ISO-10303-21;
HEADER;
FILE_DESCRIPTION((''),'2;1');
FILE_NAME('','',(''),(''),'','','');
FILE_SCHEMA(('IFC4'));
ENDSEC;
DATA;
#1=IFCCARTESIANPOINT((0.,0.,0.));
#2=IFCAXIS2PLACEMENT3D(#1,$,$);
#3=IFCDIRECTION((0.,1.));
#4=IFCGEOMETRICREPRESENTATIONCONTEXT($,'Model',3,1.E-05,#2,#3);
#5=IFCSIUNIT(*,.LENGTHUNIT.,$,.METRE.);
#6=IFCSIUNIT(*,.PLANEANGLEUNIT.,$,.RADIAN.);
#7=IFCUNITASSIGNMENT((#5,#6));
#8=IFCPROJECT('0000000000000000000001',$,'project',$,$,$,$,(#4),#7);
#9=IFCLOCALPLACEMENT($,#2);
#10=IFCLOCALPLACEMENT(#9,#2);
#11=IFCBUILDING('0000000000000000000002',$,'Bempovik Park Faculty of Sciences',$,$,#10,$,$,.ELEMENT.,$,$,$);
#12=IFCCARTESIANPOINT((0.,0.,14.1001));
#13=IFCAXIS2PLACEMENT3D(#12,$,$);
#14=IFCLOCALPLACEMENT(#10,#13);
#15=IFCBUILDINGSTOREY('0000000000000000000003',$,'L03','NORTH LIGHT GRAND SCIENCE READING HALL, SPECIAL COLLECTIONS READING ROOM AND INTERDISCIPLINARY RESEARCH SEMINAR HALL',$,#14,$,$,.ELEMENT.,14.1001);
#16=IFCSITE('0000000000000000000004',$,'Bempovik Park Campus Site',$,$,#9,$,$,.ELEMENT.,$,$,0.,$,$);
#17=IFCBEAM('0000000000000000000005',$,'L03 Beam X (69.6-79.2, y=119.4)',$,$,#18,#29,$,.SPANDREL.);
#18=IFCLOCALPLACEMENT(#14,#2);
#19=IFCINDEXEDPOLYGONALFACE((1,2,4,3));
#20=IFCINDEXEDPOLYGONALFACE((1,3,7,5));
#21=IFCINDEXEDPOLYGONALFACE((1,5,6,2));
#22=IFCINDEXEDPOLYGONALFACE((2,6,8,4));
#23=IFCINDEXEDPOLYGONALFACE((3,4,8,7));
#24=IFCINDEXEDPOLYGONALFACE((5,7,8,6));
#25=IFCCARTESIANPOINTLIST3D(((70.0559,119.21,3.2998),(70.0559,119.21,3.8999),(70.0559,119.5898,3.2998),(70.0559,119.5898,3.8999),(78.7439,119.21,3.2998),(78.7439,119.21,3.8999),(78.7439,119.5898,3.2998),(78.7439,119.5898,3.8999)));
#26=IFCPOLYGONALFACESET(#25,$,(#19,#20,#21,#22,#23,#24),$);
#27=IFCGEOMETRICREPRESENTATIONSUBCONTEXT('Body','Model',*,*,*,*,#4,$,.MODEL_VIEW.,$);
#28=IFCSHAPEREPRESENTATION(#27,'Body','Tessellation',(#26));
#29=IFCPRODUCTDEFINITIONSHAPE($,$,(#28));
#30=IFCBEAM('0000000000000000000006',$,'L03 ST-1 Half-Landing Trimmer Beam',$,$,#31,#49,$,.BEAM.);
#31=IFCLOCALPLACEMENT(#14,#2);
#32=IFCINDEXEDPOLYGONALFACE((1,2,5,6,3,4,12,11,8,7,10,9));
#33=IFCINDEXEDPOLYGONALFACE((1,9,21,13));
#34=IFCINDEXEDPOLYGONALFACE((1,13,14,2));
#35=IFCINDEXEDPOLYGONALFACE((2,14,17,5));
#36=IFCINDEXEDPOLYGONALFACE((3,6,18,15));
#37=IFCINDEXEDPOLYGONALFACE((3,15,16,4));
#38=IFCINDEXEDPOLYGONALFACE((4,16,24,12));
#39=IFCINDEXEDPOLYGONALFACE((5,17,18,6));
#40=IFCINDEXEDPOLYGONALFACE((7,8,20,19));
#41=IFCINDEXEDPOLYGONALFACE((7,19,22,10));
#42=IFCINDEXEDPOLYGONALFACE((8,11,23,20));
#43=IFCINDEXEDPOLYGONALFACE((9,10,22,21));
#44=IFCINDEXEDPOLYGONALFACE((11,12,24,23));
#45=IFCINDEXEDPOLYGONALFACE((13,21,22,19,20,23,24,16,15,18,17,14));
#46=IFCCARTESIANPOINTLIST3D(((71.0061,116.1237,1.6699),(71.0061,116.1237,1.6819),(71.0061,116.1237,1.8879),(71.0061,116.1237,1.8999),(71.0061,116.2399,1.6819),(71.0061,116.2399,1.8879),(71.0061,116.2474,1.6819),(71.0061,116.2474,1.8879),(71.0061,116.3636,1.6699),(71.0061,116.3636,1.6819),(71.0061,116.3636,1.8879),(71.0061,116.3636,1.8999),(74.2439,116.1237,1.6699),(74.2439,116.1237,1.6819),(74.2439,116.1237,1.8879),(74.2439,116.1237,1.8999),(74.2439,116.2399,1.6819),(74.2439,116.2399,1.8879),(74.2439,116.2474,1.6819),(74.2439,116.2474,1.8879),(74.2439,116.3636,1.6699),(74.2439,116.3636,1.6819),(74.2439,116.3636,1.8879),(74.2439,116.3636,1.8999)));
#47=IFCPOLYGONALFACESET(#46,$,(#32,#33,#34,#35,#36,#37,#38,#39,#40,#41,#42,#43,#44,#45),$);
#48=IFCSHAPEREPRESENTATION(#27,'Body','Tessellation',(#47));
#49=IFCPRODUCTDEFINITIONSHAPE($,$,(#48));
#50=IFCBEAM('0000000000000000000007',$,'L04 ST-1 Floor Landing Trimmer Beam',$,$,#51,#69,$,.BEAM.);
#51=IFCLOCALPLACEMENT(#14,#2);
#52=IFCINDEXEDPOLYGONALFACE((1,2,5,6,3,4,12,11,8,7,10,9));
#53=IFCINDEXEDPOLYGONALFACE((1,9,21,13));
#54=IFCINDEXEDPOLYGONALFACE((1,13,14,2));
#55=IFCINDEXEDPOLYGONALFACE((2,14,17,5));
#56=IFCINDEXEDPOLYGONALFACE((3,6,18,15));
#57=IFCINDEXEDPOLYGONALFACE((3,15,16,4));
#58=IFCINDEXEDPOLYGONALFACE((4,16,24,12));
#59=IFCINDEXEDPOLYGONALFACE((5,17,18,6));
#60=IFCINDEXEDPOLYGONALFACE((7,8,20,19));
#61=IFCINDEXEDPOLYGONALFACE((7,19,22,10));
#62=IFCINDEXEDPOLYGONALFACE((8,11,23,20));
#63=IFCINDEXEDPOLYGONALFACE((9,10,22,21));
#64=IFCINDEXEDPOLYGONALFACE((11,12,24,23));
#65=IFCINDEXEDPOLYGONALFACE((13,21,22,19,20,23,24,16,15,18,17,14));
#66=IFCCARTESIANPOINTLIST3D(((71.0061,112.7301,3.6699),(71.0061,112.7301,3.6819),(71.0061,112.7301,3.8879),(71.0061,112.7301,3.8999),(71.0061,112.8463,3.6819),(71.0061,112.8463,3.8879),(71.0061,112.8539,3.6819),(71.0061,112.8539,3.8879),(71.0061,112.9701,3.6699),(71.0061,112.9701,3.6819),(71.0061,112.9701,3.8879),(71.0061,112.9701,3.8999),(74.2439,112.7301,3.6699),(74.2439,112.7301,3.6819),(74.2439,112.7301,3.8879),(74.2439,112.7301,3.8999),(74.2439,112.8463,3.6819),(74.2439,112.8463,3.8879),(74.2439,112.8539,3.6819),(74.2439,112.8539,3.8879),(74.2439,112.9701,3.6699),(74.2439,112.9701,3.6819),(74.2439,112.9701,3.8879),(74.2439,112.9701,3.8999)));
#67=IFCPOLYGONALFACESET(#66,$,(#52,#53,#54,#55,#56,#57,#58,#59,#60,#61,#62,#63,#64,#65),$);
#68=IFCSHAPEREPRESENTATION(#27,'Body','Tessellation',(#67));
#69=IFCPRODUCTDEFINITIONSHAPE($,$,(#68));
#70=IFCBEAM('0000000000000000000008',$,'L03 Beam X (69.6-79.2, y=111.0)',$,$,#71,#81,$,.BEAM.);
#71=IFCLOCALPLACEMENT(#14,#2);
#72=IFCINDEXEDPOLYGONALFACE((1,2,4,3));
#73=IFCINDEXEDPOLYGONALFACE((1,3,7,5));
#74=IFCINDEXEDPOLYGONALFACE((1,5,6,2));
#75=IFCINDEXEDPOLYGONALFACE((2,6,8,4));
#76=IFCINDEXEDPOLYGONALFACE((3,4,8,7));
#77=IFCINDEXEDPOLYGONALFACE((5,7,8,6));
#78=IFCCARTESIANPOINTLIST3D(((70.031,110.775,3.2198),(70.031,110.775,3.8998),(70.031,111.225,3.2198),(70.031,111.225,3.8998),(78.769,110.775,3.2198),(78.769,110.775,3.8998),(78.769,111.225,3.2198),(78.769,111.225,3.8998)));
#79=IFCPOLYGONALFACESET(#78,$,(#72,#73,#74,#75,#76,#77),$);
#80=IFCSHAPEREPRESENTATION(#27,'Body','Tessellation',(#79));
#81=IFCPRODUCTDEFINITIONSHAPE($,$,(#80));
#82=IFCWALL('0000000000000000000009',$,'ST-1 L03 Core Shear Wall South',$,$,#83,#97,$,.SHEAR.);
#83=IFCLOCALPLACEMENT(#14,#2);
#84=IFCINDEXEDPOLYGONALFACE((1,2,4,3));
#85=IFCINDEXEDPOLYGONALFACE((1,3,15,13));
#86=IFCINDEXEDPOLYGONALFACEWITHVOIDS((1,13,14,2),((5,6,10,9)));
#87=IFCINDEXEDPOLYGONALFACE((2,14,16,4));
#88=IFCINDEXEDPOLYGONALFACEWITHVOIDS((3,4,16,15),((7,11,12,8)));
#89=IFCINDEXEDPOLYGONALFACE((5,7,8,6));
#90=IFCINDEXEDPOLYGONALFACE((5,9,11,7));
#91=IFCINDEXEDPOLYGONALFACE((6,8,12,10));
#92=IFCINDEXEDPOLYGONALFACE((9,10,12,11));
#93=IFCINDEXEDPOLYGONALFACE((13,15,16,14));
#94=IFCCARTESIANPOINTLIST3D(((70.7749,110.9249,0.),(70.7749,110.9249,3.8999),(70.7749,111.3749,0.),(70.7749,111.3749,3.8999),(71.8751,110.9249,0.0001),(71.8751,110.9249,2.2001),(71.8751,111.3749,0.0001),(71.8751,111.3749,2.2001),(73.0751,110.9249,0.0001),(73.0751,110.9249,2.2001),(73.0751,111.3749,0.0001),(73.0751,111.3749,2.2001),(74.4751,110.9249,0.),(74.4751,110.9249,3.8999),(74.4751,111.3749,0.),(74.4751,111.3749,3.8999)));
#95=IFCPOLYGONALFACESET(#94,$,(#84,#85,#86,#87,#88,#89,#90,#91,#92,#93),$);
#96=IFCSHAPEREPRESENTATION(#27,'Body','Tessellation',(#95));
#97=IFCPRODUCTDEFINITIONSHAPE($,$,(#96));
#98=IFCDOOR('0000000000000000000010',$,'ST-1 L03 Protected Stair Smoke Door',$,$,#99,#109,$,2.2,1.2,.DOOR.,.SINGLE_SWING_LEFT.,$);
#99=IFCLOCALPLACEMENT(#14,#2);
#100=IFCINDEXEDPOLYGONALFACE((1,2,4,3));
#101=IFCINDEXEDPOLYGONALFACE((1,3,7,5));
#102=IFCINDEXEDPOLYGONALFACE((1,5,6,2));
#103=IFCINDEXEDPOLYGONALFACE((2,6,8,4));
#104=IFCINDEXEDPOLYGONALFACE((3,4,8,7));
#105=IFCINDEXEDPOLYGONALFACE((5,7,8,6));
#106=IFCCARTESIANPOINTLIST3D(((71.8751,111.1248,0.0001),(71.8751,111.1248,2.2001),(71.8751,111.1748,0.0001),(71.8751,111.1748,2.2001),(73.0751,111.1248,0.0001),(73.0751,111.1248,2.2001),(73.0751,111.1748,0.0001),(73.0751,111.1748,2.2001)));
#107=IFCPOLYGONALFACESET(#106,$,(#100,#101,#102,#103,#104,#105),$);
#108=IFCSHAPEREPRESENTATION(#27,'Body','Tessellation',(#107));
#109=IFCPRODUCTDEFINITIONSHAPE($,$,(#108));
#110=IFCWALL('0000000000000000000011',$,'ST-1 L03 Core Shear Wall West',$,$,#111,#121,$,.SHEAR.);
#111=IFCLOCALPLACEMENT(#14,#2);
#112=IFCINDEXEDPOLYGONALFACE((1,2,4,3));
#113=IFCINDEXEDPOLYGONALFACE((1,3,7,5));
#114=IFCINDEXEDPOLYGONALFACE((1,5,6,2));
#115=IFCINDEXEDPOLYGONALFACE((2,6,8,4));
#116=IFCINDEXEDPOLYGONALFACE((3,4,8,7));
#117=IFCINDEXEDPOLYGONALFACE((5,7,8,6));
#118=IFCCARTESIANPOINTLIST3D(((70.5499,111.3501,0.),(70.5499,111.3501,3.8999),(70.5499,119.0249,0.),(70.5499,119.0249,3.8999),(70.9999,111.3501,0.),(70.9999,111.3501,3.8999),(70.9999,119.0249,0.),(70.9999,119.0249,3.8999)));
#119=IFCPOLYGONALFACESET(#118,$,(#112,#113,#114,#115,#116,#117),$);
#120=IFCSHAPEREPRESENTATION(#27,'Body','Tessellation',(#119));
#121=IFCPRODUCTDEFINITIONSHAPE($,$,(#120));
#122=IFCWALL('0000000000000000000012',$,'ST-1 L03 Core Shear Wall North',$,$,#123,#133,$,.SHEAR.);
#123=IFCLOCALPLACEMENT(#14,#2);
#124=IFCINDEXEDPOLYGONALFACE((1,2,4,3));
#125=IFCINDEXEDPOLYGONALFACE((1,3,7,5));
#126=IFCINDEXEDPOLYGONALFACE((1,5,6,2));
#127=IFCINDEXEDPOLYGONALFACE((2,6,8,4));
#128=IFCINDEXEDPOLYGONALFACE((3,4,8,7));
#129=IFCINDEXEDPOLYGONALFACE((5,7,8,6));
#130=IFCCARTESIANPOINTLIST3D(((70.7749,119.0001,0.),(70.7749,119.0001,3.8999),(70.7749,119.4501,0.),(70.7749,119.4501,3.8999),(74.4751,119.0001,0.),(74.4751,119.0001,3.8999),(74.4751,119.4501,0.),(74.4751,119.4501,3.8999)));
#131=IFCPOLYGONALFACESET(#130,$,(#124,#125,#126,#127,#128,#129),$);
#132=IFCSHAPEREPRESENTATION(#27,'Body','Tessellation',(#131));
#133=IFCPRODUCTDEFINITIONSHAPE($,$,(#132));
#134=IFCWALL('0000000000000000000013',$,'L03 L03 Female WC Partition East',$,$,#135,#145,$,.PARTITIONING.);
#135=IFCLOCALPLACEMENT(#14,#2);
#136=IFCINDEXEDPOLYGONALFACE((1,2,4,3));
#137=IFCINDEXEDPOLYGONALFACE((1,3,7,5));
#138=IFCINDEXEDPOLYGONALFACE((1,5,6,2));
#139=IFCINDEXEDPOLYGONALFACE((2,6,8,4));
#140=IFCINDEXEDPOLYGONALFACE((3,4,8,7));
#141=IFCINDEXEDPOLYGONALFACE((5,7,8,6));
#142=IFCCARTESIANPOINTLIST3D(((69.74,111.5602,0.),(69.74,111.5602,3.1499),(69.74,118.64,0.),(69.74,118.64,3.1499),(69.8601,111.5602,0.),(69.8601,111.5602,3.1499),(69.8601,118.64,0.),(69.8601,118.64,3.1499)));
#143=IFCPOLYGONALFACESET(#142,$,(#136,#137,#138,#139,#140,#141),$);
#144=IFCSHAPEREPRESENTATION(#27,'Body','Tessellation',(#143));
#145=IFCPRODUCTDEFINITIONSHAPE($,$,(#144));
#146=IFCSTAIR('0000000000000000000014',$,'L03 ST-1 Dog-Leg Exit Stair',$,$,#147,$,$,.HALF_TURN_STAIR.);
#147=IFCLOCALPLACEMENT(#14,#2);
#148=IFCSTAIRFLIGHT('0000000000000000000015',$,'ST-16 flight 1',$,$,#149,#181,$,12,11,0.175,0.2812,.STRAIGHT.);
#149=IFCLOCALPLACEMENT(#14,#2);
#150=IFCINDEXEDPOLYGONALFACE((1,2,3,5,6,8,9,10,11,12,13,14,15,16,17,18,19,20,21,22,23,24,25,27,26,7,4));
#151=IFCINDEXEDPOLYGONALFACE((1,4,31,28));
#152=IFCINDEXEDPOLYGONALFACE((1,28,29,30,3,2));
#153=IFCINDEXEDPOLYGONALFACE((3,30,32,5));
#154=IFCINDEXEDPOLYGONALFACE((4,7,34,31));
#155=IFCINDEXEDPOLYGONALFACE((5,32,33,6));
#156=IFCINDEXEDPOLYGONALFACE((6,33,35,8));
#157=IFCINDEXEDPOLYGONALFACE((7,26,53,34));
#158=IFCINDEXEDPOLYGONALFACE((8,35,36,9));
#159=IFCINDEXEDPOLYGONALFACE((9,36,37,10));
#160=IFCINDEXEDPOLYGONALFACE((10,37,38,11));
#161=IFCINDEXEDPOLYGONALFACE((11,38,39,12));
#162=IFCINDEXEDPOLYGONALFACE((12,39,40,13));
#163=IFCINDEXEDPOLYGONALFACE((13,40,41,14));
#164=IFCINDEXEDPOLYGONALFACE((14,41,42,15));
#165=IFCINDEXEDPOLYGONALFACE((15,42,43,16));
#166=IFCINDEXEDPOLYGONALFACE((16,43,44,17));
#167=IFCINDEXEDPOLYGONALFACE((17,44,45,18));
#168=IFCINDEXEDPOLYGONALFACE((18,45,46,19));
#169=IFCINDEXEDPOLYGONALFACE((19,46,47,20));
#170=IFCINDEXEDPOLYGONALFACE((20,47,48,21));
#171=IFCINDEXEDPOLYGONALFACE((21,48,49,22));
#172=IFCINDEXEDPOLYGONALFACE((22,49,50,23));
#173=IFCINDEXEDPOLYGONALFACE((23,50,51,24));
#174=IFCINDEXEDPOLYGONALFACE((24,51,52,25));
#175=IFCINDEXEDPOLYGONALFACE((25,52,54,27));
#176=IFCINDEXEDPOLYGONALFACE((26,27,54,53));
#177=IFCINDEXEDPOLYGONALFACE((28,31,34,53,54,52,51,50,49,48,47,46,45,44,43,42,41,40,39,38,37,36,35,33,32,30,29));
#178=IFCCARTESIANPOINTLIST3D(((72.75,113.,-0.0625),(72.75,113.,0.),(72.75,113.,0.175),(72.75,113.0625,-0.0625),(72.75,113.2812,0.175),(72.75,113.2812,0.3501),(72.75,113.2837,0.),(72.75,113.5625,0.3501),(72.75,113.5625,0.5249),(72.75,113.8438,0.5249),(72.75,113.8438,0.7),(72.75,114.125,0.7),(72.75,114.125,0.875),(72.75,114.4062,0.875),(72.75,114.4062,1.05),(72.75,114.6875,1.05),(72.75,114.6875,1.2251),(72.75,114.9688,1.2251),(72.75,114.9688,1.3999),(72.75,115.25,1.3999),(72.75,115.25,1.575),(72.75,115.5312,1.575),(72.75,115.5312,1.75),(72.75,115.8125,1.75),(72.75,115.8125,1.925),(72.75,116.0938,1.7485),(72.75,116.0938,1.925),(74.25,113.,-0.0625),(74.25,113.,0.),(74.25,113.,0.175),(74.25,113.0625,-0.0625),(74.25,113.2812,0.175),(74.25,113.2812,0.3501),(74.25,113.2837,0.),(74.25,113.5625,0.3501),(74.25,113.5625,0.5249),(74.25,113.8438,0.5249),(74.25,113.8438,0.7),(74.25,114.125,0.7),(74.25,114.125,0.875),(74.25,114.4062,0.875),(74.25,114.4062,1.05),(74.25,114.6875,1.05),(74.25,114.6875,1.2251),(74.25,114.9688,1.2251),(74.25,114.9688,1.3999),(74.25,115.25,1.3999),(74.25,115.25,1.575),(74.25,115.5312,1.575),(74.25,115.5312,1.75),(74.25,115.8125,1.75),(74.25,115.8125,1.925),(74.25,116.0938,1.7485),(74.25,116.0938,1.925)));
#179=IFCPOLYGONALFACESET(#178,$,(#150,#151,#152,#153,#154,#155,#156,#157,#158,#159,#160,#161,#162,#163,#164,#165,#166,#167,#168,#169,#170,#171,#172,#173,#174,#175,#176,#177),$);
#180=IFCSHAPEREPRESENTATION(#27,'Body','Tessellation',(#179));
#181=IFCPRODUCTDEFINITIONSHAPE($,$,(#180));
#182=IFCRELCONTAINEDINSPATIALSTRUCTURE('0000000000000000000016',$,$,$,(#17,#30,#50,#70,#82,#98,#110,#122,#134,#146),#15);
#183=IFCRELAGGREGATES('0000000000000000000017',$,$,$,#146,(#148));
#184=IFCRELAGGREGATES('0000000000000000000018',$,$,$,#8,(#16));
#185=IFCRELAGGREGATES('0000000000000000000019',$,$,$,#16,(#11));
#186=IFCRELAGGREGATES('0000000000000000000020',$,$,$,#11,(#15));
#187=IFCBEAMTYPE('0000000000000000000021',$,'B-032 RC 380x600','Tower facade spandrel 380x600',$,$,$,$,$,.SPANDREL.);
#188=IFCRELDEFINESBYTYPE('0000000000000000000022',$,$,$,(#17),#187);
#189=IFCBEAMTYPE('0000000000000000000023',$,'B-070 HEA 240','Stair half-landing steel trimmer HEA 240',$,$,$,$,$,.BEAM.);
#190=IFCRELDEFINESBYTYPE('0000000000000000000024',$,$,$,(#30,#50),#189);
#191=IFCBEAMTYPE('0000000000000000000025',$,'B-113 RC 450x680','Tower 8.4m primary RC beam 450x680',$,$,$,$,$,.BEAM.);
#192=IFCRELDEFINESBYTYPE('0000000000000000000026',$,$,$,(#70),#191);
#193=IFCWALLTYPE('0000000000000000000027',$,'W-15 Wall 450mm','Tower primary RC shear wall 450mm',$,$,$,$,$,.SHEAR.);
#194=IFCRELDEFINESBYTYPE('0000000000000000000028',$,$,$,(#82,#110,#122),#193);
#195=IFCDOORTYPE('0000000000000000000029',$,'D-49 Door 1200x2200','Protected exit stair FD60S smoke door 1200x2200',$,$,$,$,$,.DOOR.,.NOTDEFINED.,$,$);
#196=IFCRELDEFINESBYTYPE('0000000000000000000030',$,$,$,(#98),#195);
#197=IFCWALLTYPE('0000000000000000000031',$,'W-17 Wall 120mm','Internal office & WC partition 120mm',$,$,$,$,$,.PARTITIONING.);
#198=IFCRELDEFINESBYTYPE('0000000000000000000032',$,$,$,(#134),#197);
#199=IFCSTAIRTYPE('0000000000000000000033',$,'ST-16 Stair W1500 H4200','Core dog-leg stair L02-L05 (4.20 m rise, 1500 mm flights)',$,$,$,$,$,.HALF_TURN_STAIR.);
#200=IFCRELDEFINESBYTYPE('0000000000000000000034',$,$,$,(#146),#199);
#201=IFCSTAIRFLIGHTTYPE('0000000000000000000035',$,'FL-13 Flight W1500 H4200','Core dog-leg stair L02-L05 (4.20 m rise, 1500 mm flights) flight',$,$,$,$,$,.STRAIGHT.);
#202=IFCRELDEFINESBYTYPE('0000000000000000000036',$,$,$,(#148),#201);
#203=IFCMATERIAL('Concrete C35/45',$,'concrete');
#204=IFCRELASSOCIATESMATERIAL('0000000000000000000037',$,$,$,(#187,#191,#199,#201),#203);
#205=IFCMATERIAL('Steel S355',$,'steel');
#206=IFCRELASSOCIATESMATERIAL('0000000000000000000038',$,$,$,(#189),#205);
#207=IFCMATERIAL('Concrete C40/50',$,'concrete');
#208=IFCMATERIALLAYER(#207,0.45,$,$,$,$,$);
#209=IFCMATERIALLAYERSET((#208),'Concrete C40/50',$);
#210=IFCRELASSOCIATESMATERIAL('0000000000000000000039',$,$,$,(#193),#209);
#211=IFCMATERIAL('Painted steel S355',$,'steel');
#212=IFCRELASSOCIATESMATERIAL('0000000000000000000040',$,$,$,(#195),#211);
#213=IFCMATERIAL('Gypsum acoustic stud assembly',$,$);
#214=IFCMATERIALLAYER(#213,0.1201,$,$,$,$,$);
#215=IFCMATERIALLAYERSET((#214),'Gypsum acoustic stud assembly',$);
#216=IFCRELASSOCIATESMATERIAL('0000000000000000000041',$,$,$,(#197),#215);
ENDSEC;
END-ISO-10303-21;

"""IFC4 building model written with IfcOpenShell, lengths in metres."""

from ifc_helpers import new_model, si_unit, direction, frame, frame_2d, origin, origin_2d, place, context, subcontext, project, spatial, polyline, rectangle, i_section, outline, extrude, material, layer, layer_set, material_profile, profile_set, type_object, element, fill, aggregate, save


model = new_model("IFC4")

# Units and contexts
model_context = context("Model", 3, precision=1e-05, world=origin(), true_north=direction((0.0, 1.0)))
body_context = subcontext(model_context, "Body", "Model", "MODEL_VIEW")
ifc_project = project(units=[si_unit("LENGTHUNIT", "METRE"), si_unit("PLANEANGLEUNIT", "RADIAN")], contexts=[model_context])

# Site, building, storey
site_placement = place(None, origin())
site = spatial("IfcSite", under=ifc_project, at=site_placement, Name="Bempovik Park Campus Site", CompositionType="ELEMENT", RefElevation=0.0)
building_placement = place(site_placement, origin())
building = spatial("IfcBuilding", under=site, at=building_placement, Name="Bempovik Park Faculty of Sciences", CompositionType="ELEMENT")
storey_placement = place(building_placement, frame((0.0, 0.0, 14.1001)))
storey = spatial("IfcBuildingStorey", under=building, at=storey_placement, Name="L03", Description="NORTH LIGHT GRAND SCIENCE READING HALL, SPECIAL COLLECTIONS READING ROOM AND INTERDISCIPLINARY RESEARCH SEMINAR HALL", CompositionType="ELEMENT", Elevation=14.1001)

# Beams
ifc_material_1 = material(Name="Concrete C35/45", Category="concrete")
ifc_material_profile_1 = material_profile(ifc_material_1, rectangle(XDim=0.3799, YDim=0.6001, at=origin_2d()), Name="RC 380x600")
ifc_profile_set_1 = profile_set([ifc_material_profile_1], Name="Concrete C35/45")
beam_type_1 = type_object("IfcBeamType", Name="B-032 RC 380x600", Description="Tower facade spandrel 380x600", PredefinedType="SPANDREL", material=ifc_profile_set_1)
beam_1_placement = place(storey_placement, frame((70.0559, 119.3999, 3.5999), z_axis=(1.0, 0.0, 0.0), x_axis=(0.0, 1.0, 0.0)))
element("IfcBeam", 1, at=beam_1_placement, inside=storey, type_object=beam_type_1, Name="L03 Beam X (69.6-79.2, y=119.4)", PredefinedType="SPANDREL", context=body_context, shape_type="SweptSolid", body=[
    extrude(rectangle(XDim=0.3799, YDim=0.6001, at=origin_2d()), origin(), (0.0, 0.0, 1.0), 8.688),
])
ifc_material_2 = material(Name="Steel S355", Category="steel")
ifc_material_profile_2 = material_profile(ifc_material_2, i_section(OverallWidth=0.24, OverallDepth=0.23, WebThickness=0.0076, FlangeThickness=0.012, at=origin_2d()), Name="HEA 240")
ifc_profile_set_2 = profile_set([ifc_material_profile_2], Name="Steel S355")
beam_type_2 = type_object("IfcBeamType", Name="B-070 HEA 240", Description="Stair half-landing steel trimmer HEA 240", PredefinedType="BEAM", material=ifc_profile_set_2)
for number, where, z_axis, x_axis, name in (
    (2, (71.0061, 116.2437, 1.7849), (1.0, 0.0, 0.0), (0.0, 1.0, 0.0), "L03 ST-1 Half-Landing Trimmer Beam"),
    (3, (71.0061, 112.8501, 3.7849), (1.0, 0.0, 0.0), (0.0, 1.0, 0.0), "L04 ST-1 Floor Landing Trimmer Beam"),
):
    element("IfcBeam", number, at=place(storey_placement, frame(where, z_axis=z_axis, x_axis=x_axis)), inside=storey, type_object=beam_type_2, Name=name, PredefinedType="BEAM", context=body_context, shape_type="SweptSolid", body=[
        extrude(i_section(OverallWidth=0.24, OverallDepth=0.23, WebThickness=0.0076, FlangeThickness=0.012, at=origin_2d()), origin(), (0.0, 0.0, 1.0), 3.2378),
    ])
ifc_material_profile_3 = material_profile(ifc_material_1, rectangle(XDim=0.45, YDim=0.6799, at=origin_2d()), Name="RC 450x680")
ifc_profile_set_3 = profile_set([ifc_material_profile_3], Name="Concrete C35/45")
beam_type_3 = type_object("IfcBeamType", Name="B-113 RC 450x680", Description="Tower 8.4m primary RC beam 450x680", PredefinedType="BEAM", material=ifc_profile_set_3)
beam_2_placement = place(storey_placement, frame((70.031, 111.0, 3.5598), z_axis=(1.0, 0.0, 0.0), x_axis=(0.0, 1.0, 0.0)))
element("IfcBeam", 4, at=beam_2_placement, inside=storey, type_object=beam_type_3, Name="L03 Beam X (69.6-79.2, y=111.0)", PredefinedType="BEAM", context=body_context, shape_type="SweptSolid", body=[
    extrude(rectangle(XDim=0.45, YDim=0.6799, at=origin_2d()), origin(), (0.0, 0.0, 1.0), 8.738),
])

# Wall, opening, door
ifc_material_3 = material(Name="Concrete C40/50", Category="concrete")
ifc_layer_1 = layer(ifc_material_3, 0.45)
ifc_layer_set_1 = layer_set([ifc_layer_1], Name="Concrete C40/50")
wall_type_1 = type_object("IfcWallType", Name="W-15 Wall 450mm", Description="Tower primary RC shear wall 450mm", PredefinedType="SHEAR", material=ifc_layer_set_1)
wall_1_placement = place(storey_placement, frame((70.7749, 111.1499, 0.0), z_axis=(0.0, 0.0, 1.0), x_axis=(1.0, 0.0, 0.0)))
wall_1 = element("IfcWall", 5, at=wall_1_placement, inside=storey, type_object=wall_type_1, Name="ST-1 L03 Core Shear Wall South", PredefinedType="SHEAR", context=body_context, shape_type="SweptSolid", body=[
    extrude(rectangle(XDim=3.7002, YDim=0.45, at=frame_2d((1.8501, 0.0))), origin(), (0.0, 0.0, 1.0), 3.8999),
])
opening_placement = place(wall_1_placement, frame((1.1001, 0.0, 0.0)))
opening = element("IfcOpeningElement", 6, at=opening_placement, cuts=wall_1, PredefinedType="OPENING", context=body_context, shape_type="SweptSolid", body=[
    extrude(rectangle(XDim=1.2, YDim=2.2, at=frame_2d((0.6001, 1.1001))), frame((0.0, 0.2349, 0.0), z_axis=(0.0, -1.0, 0.0), x_axis=(1.0, 0.0, 0.0)), (0.0, 0.0, 1.0), 0.47),
])
ifc_material_4 = material(Name="Painted steel S355", Category="steel")
door_type = type_object("IfcDoorType", Name="D-49 Door 1200x2200", Description="Protected exit stair FD60S smoke door 1200x2200", OperationType="NOTDEFINED", PredefinedType="DOOR", material=ifc_material_4)
door_placement = place(opening_placement, origin())
door = element("IfcDoor", 7, at=door_placement, inside=storey, type_object=door_type, Name="ST-1 L03 Protected Stair Smoke Door", OperationType="SINGLE_SWING_LEFT", OverallHeight=2.2, OverallWidth=1.2, PredefinedType="DOOR", context=body_context, shape_type="SweptSolid", body=[
    extrude(rectangle(XDim=1.2, YDim=2.2, at=frame_2d((0.6001, 1.1001))), frame((0.0, 0.0249, 0.0), z_axis=(0.0, -1.0, 0.0), x_axis=(1.0, 0.0, 0.0)), (0.0, 0.0, 1.0), 0.05),
])
fill(opening, door)

# Walls
wall_2_placement = place(storey_placement, frame((70.7749, 111.3501, 0.0), z_axis=(0.0, 0.0, 1.0), x_axis=(0.0, 1.0, 0.0)))
element("IfcWall", 8, at=wall_2_placement, inside=storey, type_object=wall_type_1, Name="ST-1 L03 Core Shear Wall West", PredefinedType="SHEAR", context=body_context, shape_type="SweptSolid", body=[
    extrude(rectangle(XDim=7.6748, YDim=0.45, at=frame_2d((3.8374, 0.0))), origin(), (0.0, 0.0, 1.0), 3.8999),
])
wall_3_placement = place(storey_placement, frame((70.7749, 119.2251, 0.0), z_axis=(0.0, 0.0, 1.0), x_axis=(1.0, 0.0, 0.0)))
element("IfcWall", 9, at=wall_3_placement, inside=storey, type_object=wall_type_1, Name="ST-1 L03 Core Shear Wall North", PredefinedType="SHEAR", context=body_context, shape_type="SweptSolid", body=[
    extrude(rectangle(XDim=3.7002, YDim=0.45, at=frame_2d((1.8501, 0.0))), origin(), (0.0, 0.0, 1.0), 3.8999),
])
ifc_material_5 = material(Name="Gypsum acoustic stud assembly")
ifc_layer_2 = layer(ifc_material_5, 0.1201)
ifc_layer_set_2 = layer_set([ifc_layer_2], Name="Gypsum acoustic stud assembly")
wall_type_2 = type_object("IfcWallType", Name="W-17 Wall 120mm", Description="Internal office & WC partition 120mm", PredefinedType="PARTITIONING", material=ifc_layer_set_2)
wall_4_placement = place(storey_placement, frame((69.8, 111.5601, 0.0), z_axis=(0.0, 0.0, 1.0), x_axis=(0.0, 1.0, 0.0)))
element("IfcWall", 10, at=wall_4_placement, inside=storey, type_object=wall_type_2, Name="L03 L03 Female WC Partition East", PredefinedType="PARTITIONING", context=body_context, shape_type="SweptSolid", body=[
    extrude(rectangle(XDim=7.0798, YDim=0.1201, at=frame_2d((3.54, 0.0))), origin(), (0.0, 0.0, 1.0), 3.1499),
])

# Stair, stair flight
stair_type = type_object("IfcStairType", Name="ST-16 Stair W1500 H4200", Description="Core dog-leg stair L02-L05 (4.20 m rise, 1500 mm flights)", PredefinedType="HALF_TURN_STAIR", material=ifc_material_1)
stair_placement = place(storey_placement, origin())
stair = element("IfcStair", 11, at=stair_placement, inside=storey, type_object=stair_type, Name="L03 ST-1 Dog-Leg Exit Stair", PredefinedType="HALF_TURN_STAIR")
stair_flight_type = type_object("IfcStairFlightType", Name="FL-13 Flight W1500 H4200", Description="Core dog-leg stair L02-L05 (4.20 m rise, 1500 mm flights) flight", PredefinedType="STRAIGHT", material=ifc_material_1)
stair_flight_1_placement = place(storey_placement, frame((73.5, 113.0, 0.0), z_axis=(0.0, 0.0, 1.0), x_axis=(0.0, 1.0, 0.0)))
stair_flight_1 = element("IfcStairFlight", 12, at=stair_flight_1_placement, type_object=stair_flight_type, Name="ST-16 flight 1", NumberOfRisers=12, NumberOfTreads=11, PredefinedType="STRAIGHT", RiserHeight=0.175, TreadLength=0.2812, context=body_context, shape_type="SweptSolid", body=[
    extrude(outline(polyline([(0.0, 0.0), (0.0, 0.175), (0.2812, 0.175), (0.2812, 0.3501), (0.5625, 0.3501), (0.5625, 0.5249), (0.8438, 0.5249), (0.8438, 0.7), (1.125, 0.7), (1.125, 0.875), (1.4062, 0.875), (1.4062, 1.05), (1.6875, 1.05), (1.6875, 1.2251), (1.9688, 1.2251), (1.9688, 1.3999), (2.25, 1.3999), (2.25, 1.575), (2.5312, 1.575), (2.5312, 1.75), (2.8125, 1.75), (2.8125, 1.925), (3.0938, 1.925), (3.0938, 2.1001), (3.0938, 1.7485), (0.2837, 0.0), (0.0625, -0.0625), (0.0, -0.0625), (0.0, 0.0)])), frame((0.0, 0.75, 0.0), z_axis=(0.0, -1.0, 0.0), x_axis=(1.0, 0.0, 0.0)), (0.0, 0.0, 1.0), 1.5),
])
aggregate(stair, [stair_flight_1])

save(model, "model.ifc")
